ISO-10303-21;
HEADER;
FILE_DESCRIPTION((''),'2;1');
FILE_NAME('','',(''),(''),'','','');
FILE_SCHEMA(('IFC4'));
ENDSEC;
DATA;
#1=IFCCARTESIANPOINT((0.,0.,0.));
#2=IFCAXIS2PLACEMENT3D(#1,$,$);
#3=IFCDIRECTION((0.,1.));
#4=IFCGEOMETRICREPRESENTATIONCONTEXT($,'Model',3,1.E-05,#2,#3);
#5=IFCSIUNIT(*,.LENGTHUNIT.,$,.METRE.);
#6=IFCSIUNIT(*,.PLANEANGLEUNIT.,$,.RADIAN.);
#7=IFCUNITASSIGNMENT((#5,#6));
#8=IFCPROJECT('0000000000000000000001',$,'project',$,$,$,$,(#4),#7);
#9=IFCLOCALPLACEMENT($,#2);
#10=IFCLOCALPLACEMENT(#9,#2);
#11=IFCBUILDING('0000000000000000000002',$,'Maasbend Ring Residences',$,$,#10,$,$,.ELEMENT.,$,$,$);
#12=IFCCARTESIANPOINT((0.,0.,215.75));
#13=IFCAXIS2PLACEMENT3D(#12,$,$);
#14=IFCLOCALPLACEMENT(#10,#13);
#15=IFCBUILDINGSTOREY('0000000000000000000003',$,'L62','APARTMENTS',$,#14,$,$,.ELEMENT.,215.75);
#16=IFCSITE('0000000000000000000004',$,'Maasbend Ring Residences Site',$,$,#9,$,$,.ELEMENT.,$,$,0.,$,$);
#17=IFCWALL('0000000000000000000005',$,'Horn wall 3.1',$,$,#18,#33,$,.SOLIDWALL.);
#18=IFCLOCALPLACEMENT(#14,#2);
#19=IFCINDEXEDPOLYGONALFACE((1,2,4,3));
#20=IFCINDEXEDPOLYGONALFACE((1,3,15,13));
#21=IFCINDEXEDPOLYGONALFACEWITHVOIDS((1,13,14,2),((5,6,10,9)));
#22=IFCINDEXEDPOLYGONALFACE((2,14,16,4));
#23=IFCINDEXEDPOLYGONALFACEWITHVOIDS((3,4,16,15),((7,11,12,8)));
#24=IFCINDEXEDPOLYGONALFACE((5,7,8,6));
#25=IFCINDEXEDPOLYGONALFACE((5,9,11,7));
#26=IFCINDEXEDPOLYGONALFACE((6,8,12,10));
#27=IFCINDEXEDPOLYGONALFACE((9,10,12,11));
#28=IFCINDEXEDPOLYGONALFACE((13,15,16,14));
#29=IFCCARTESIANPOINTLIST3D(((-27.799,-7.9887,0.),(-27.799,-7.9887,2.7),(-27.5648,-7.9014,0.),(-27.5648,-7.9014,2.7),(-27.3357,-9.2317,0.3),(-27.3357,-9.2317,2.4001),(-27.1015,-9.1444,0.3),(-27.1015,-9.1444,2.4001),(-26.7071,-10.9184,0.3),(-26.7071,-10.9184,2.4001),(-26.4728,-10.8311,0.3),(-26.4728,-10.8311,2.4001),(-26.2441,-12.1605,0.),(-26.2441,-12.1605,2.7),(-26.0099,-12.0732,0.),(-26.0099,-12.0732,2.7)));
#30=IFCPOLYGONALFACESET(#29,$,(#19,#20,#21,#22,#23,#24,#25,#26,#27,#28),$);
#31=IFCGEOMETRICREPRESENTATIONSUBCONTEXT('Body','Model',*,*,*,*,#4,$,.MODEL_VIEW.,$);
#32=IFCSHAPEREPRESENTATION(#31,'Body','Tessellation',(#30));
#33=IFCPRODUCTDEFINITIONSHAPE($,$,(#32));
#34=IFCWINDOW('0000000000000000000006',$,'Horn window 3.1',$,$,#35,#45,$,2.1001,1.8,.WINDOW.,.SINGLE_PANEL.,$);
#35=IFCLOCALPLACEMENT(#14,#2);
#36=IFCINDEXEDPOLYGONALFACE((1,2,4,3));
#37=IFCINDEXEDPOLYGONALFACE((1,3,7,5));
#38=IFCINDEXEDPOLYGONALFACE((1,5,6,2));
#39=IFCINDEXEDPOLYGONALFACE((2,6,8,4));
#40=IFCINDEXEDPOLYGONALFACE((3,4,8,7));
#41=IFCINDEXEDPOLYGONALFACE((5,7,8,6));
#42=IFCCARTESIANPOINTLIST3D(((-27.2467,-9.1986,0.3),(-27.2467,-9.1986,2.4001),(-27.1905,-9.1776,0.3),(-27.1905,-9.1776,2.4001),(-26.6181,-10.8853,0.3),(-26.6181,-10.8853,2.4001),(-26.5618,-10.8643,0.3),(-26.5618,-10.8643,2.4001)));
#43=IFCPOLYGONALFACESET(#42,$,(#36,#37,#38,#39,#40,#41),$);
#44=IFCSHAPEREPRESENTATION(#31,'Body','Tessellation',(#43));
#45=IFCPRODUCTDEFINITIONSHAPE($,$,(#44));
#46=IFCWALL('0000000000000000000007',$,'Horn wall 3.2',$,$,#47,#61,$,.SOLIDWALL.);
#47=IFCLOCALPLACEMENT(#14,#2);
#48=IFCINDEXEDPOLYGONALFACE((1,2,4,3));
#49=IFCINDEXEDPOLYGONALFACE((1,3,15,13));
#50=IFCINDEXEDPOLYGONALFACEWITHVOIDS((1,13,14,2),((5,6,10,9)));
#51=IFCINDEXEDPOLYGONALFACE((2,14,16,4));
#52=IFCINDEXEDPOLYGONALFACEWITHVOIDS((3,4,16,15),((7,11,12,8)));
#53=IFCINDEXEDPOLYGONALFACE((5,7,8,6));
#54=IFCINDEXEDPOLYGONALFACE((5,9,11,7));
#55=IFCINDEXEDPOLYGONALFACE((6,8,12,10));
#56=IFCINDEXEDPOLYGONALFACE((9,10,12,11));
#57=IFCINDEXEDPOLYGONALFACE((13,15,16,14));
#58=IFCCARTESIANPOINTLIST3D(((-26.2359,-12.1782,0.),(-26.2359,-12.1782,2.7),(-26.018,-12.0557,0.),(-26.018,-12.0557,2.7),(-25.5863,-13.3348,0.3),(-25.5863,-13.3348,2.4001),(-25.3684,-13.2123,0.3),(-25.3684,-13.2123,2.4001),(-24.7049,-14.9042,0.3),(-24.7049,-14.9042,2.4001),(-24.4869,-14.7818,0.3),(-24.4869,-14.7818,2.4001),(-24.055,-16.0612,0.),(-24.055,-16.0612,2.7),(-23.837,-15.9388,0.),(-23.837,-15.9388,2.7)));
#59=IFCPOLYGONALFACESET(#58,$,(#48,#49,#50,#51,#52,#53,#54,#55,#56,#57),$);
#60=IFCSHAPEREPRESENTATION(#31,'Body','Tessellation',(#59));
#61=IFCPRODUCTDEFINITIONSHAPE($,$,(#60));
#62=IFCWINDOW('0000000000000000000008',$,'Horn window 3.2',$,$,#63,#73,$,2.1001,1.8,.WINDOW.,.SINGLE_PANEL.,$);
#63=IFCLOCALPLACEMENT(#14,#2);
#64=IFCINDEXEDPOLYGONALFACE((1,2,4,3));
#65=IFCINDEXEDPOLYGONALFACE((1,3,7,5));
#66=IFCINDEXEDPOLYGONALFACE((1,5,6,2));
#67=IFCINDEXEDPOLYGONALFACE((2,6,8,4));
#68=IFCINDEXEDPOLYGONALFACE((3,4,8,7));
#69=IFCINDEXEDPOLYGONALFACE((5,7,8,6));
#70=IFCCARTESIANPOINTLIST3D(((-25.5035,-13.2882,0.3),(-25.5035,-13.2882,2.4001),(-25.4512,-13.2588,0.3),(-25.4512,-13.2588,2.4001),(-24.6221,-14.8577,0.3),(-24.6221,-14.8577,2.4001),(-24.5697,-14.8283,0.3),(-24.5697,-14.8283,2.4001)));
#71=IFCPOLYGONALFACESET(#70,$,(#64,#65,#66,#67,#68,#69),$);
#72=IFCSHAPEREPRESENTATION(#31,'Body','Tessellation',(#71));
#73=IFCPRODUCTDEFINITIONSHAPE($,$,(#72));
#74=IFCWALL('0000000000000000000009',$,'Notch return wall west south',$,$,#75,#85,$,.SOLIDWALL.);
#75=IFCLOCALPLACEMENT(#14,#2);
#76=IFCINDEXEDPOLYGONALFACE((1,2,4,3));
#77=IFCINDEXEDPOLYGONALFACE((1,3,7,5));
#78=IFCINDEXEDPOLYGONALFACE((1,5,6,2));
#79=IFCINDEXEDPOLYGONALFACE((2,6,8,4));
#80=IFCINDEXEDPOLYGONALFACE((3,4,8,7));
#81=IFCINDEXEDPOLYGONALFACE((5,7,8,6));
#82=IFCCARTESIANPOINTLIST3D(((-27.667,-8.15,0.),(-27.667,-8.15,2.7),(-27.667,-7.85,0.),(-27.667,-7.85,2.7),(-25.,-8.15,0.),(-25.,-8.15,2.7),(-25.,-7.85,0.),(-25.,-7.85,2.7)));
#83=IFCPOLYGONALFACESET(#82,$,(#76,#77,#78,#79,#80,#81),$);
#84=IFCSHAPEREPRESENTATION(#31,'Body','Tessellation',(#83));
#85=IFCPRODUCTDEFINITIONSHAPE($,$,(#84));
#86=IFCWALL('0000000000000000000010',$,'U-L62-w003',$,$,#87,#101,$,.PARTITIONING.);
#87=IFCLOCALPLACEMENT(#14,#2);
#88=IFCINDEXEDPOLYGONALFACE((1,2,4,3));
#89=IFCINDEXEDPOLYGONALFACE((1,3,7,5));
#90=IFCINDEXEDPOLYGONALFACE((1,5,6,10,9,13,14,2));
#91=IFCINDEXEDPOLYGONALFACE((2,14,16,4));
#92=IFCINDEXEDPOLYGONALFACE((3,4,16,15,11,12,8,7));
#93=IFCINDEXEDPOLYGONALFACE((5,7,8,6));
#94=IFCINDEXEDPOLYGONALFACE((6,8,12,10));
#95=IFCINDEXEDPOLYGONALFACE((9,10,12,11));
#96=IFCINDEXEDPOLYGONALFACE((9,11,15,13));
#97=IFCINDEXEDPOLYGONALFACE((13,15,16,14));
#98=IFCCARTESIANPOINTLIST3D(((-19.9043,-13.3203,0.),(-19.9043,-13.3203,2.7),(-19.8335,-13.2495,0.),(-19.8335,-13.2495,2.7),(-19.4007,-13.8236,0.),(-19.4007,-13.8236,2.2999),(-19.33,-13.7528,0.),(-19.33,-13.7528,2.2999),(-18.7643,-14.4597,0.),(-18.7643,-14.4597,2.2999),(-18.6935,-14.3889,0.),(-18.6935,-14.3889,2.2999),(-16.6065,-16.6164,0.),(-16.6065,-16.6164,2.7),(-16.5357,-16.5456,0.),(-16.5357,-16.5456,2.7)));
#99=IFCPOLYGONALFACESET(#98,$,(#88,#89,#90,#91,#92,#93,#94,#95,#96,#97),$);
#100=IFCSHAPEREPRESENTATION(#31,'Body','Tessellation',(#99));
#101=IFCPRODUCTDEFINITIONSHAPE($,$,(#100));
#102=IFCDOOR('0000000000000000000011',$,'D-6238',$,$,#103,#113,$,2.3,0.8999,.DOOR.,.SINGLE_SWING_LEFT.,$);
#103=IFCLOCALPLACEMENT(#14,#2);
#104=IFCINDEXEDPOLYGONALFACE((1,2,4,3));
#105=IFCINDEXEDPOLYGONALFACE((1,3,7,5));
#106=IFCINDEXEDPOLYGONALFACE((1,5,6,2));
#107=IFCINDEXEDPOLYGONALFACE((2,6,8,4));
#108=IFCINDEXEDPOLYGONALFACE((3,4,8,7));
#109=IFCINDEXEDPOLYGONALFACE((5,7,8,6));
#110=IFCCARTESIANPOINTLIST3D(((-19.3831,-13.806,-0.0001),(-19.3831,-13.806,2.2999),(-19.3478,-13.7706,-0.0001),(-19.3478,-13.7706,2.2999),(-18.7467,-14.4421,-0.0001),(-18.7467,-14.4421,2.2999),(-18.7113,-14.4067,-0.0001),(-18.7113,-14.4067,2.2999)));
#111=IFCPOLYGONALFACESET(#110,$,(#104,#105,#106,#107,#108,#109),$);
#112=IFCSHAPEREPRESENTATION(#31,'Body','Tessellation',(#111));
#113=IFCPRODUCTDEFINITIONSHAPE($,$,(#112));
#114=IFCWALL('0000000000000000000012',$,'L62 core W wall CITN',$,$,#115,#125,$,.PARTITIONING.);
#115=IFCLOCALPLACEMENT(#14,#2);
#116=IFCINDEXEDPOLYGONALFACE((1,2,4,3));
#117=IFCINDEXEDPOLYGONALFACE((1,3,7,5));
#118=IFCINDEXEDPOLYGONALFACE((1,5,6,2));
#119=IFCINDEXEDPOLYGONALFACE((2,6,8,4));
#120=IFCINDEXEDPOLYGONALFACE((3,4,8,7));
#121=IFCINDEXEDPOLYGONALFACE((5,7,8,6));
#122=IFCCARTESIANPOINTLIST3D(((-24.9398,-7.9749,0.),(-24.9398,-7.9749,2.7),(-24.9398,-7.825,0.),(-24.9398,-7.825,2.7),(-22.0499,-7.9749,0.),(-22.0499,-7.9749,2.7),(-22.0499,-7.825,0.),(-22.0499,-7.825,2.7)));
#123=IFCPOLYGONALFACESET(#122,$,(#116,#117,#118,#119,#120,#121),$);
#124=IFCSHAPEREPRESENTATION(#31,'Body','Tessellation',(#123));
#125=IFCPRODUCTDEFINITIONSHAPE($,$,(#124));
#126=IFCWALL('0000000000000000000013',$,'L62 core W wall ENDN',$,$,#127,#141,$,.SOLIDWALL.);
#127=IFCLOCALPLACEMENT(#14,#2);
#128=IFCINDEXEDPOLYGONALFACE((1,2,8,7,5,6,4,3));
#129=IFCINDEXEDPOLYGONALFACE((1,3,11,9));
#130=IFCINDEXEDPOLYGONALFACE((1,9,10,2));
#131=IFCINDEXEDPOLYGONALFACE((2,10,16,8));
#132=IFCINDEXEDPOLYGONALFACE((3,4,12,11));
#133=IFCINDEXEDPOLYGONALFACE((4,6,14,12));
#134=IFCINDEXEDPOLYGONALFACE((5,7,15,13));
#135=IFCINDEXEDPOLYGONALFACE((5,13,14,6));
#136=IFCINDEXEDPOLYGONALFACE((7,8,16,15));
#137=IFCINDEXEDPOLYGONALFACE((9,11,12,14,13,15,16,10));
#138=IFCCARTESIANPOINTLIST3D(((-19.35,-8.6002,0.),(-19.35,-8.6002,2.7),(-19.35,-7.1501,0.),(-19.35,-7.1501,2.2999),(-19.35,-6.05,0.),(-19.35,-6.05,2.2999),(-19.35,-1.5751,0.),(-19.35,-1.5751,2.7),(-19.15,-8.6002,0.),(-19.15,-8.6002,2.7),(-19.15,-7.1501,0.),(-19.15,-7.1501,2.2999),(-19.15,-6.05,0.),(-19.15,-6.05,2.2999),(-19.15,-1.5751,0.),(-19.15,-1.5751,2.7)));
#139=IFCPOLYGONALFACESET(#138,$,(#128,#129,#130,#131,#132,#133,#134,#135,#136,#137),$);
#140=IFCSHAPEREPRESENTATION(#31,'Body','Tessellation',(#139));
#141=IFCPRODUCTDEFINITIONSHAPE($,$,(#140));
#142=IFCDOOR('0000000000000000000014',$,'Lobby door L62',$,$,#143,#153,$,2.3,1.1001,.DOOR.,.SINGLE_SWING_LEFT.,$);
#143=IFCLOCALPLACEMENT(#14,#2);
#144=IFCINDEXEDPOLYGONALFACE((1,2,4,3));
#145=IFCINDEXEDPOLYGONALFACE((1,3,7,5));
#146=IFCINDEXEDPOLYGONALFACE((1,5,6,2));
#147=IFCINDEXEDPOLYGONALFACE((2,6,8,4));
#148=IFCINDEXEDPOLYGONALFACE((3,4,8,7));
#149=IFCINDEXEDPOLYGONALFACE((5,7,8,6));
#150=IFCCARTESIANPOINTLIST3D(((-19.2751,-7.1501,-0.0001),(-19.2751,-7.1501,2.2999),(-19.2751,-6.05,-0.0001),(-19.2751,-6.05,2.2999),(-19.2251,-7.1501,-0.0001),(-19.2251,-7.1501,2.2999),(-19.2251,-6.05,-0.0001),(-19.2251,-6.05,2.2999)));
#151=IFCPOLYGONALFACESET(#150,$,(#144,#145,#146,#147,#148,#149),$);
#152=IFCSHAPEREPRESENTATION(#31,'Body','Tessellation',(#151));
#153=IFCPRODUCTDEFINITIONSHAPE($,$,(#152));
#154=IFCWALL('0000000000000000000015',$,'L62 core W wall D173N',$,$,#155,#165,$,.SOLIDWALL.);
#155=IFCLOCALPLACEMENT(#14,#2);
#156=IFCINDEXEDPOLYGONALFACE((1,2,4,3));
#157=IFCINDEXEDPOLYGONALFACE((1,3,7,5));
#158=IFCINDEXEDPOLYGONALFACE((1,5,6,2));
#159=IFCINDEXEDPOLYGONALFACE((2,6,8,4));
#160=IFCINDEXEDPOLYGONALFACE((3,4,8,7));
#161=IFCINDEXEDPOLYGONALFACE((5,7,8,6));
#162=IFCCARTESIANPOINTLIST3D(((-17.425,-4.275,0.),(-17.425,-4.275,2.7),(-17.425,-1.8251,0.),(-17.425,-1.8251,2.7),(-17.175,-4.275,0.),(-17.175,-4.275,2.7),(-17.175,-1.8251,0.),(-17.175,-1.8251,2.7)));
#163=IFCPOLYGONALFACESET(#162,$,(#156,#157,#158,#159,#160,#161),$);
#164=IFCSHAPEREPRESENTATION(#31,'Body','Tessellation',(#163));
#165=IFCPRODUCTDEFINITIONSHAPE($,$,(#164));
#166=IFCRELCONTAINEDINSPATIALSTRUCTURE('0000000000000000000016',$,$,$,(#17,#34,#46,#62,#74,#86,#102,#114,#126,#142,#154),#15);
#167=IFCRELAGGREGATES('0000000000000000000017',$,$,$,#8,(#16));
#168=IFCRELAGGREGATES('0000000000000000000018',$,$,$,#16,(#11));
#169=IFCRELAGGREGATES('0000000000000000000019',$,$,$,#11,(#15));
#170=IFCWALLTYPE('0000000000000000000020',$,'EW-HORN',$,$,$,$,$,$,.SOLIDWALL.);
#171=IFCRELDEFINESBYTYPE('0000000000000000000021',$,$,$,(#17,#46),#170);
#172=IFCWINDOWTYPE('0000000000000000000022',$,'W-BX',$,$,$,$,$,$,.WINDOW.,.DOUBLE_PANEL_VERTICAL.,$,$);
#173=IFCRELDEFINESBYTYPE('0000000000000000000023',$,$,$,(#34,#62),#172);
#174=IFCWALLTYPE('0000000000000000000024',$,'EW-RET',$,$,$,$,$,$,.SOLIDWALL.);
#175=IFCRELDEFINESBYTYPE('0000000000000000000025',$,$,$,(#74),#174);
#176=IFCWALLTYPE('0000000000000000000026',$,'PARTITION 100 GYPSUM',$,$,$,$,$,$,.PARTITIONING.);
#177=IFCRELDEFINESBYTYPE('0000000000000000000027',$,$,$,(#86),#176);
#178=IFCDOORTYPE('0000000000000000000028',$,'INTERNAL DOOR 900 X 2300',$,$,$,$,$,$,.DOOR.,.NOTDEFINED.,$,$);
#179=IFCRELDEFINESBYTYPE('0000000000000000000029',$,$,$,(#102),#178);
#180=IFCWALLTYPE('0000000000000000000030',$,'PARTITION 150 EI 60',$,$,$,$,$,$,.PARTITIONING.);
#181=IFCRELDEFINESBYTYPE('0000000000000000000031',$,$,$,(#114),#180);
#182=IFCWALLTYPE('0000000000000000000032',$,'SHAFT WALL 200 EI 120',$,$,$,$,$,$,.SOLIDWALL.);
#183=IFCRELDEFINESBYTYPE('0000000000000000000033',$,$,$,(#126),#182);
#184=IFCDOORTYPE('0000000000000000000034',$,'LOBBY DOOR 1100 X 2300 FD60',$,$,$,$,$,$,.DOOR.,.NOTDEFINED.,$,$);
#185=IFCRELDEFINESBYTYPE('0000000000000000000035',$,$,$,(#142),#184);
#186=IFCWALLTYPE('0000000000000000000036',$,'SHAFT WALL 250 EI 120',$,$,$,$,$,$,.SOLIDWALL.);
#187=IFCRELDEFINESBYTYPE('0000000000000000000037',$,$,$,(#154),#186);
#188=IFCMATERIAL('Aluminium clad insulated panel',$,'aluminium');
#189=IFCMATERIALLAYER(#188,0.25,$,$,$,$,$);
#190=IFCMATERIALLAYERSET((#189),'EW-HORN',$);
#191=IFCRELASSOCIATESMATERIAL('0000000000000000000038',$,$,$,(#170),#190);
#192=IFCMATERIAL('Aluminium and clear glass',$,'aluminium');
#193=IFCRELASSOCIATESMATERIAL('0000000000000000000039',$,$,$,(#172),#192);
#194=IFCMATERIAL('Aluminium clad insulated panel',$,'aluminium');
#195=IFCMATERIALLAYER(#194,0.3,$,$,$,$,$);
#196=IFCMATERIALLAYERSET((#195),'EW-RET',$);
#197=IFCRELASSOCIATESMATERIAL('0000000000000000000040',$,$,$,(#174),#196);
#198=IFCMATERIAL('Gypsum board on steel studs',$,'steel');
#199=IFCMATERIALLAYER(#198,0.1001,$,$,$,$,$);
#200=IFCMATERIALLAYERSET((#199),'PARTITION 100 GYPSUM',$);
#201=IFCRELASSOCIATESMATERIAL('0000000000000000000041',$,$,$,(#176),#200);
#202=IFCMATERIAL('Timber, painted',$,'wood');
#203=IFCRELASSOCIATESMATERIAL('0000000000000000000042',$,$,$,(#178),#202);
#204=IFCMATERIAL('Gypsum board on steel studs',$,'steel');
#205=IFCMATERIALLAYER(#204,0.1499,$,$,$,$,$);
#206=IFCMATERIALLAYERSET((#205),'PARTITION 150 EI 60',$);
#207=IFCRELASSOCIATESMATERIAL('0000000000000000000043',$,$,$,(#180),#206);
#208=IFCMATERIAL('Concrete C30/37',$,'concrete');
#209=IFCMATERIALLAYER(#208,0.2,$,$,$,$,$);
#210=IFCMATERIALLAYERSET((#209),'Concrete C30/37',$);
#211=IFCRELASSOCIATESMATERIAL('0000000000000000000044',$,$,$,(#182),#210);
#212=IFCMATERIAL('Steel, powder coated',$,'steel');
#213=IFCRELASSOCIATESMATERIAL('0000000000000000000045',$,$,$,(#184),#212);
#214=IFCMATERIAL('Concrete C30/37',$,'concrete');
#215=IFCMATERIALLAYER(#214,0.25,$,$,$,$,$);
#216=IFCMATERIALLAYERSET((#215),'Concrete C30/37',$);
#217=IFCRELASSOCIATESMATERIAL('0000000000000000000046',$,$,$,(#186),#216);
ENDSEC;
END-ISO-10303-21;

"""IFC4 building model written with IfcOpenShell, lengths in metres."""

from ifc_helpers import new_model, si_unit, direction, frame, frame_2d, origin, place, context, subcontext, project, spatial, rectangle, extrude, material, layer, layer_set, type_object, element, fill, save


model = new_model("IFC4")

# Units and contexts
model_context = context("Model", 3, precision=1e-05, world=origin(), true_north=direction((0.0, 1.0)))
body_context = subcontext(model_context, "Body", "Model", "MODEL_VIEW")
ifc_project = project(units=[si_unit("LENGTHUNIT", "METRE"), si_unit("PLANEANGLEUNIT", "RADIAN")], contexts=[model_context])

# Site, building, storey
site_placement = place(None, origin())
site = spatial("IfcSite", under=ifc_project, at=site_placement, Name="Maasbend Ring Residences Site", CompositionType="ELEMENT", RefElevation=0.0)
building_placement = place(site_placement, origin())
building = spatial("IfcBuilding", under=site, at=building_placement, Name="Maasbend Ring Residences", CompositionType="ELEMENT")
storey_placement = place(building_placement, frame((0.0, 0.0, 215.75)))
storey = spatial("IfcBuildingStorey", under=building, at=storey_placement, Name="L62", Description="APARTMENTS", CompositionType="ELEMENT", Elevation=215.75)

# Walls, openings, windows
ifc_material_1 = material(Name="Aluminium clad insulated panel", Category="aluminium")
ifc_layer_1 = layer(ifc_material_1, 0.25)
ifc_layer_set_1 = layer_set([ifc_layer_1], Name="EW-HORN")
wall_type_1 = type_object("IfcWallType", Name="EW-HORN", PredefinedType="SOLIDWALL", material=ifc_layer_set_1)
wall_1_placement = place(storey_placement, frame((-27.6819, -7.9451, 0.0), z_axis=(0.0, 0.0, 1.0), x_axis=(0.349248, -0.93703, 0.0)))
wall_1 = element("IfcWall", 1, at=wall_1_placement, inside=storey, type_object=wall_type_1, Name="Horn wall 3.1", PredefinedType="SOLIDWALL", context=body_context, shape_type="SweptSolid", body=[
    extrude(rectangle(XDim=4.4521, YDim=0.25, at=frame_2d((2.2261, 0.0))), origin(), (0.0, 0.0, 1.0), 2.7),
])
opening_1_placement = place(wall_1_placement, frame((1.3267, 0.0, 0.3)))
opening_1 = element("IfcOpeningElement", 2, at=opening_1_placement, cuts=wall_1, PredefinedType="OPENING", context=body_context, shape_type="SweptSolid", body=[
    extrude(rectangle(XDim=1.8, YDim=2.1001, at=frame_2d((0.8999, 1.05))), frame((0.0, 0.135, 0.0), z_axis=(0.0, -1.0, 0.0), x_axis=(1.0, 0.0, 0.0)), (0.0, 0.0, 1.0), 0.27),
])
ifc_material_2 = material(Name="Aluminium and clear glass", Category="aluminium")
window_type = type_object("IfcWindowType", Name="W-BX", PartitioningType="DOUBLE_PANEL_VERTICAL", PredefinedType="WINDOW", material=ifc_material_2)
window_1_placement = place(opening_1_placement, origin())
window_1 = element("IfcWindow", 3, at=window_1_placement, inside=storey, type_object=window_type, Name="Horn window 3.1", OverallHeight=2.1001, OverallWidth=1.8, PartitioningType="SINGLE_PANEL", PredefinedType="WINDOW", context=body_context, shape_type="SweptSolid", body=[
    extrude(rectangle(XDim=1.8, YDim=2.1001, at=frame_2d((0.8999, 1.05))), frame((0.0, 0.03, 0.0), z_axis=(0.0, -1.0, 0.0), x_axis=(1.0, 0.0, 0.0)), (0.0, 0.0, 1.0), 0.0601),
])
fill(opening_1, window_1)
wall_2_placement = place(storey_placement, frame((-26.127, -12.1169, 0.0), z_axis=(0.0, 0.0, 1.0), x_axis=(0.489696, -0.871893, 0.0)))
wall_2 = element("IfcWall", 4, at=wall_2_placement, inside=storey, type_object=wall_type_1, Name="Horn wall 3.2", PredefinedType="SOLIDWALL", context=body_context, shape_type="SweptSolid", body=[
    extrude(rectangle(XDim=4.4536, YDim=0.25, at=frame_2d((2.2268, 0.0))), origin(), (0.0, 0.0, 1.0), 2.7),
])
opening_2_placement = place(wall_2_placement, frame((1.3267, 0.0, 0.3)))
opening_2 = element("IfcOpeningElement", 5, at=opening_2_placement, cuts=wall_2, PredefinedType="OPENING", context=body_context, shape_type="SweptSolid", body=[
    extrude(rectangle(XDim=1.8, YDim=2.1001, at=frame_2d((0.8999, 1.05))), frame((0.0, 0.135, 0.0), z_axis=(0.0, -1.0, 0.0), x_axis=(1.0, 0.0, 0.0)), (0.0, 0.0, 1.0), 0.27),
])
window_2_placement = place(opening_2_placement, origin())
window_2 = element("IfcWindow", 6, at=window_2_placement, inside=storey, type_object=window_type, Name="Horn window 3.2", OverallHeight=2.1001, OverallWidth=1.8, PartitioningType="SINGLE_PANEL", PredefinedType="WINDOW", context=body_context, shape_type="SweptSolid", body=[
    extrude(rectangle(XDim=1.8, YDim=2.1001, at=frame_2d((0.8999, 1.05))), frame((0.0, 0.03, 0.0), z_axis=(0.0, -1.0, 0.0), x_axis=(1.0, 0.0, 0.0)), (0.0, 0.0, 1.0), 0.0601),
])
fill(opening_2, window_2)

# Wall
ifc_material_3 = material(Name="Aluminium clad insulated panel", Category="aluminium")
ifc_layer_2 = layer(ifc_material_3, 0.3)
ifc_layer_set_2 = layer_set([ifc_layer_2], Name="EW-RET")
wall_type_2 = type_object("IfcWallType", Name="EW-RET", PredefinedType="SOLIDWALL", material=ifc_layer_set_2)
wall_3_placement = place(storey_placement, frame((-25.0, -8.0, 0.0), z_axis=(0.0, 0.0, 1.0), x_axis=(-1.0, 0.0, 0.0)))
element("IfcWall", 7, at=wall_3_placement, inside=storey, type_object=wall_type_2, Name="Notch return wall west south", PredefinedType="SOLIDWALL", context=body_context, shape_type="SweptSolid", body=[
    extrude(rectangle(XDim=2.667, YDim=0.3, at=frame_2d((1.3335, 0.0))), origin(), (0.0, 0.0, 1.0), 2.7),
])

# Wall, opening, door
ifc_material_4 = material(Name="Gypsum board on steel studs", Category="steel")
ifc_layer_3 = layer(ifc_material_4, 0.1001)
ifc_layer_set_3 = layer_set([ifc_layer_3], Name="PARTITION 100 GYPSUM")
wall_type_3 = type_object("IfcWallType", Name="PARTITION 100 GYPSUM", PredefinedType="PARTITIONING", material=ifc_layer_set_3)
wall_4_placement = place(storey_placement, frame((-19.8689, -13.2849, 0.0), z_axis=(0.0, 0.0, 1.0), x_axis=(0.70729, -0.706923, 0.0)))
wall_4 = element("IfcWall", 8, at=wall_4_placement, inside=storey, type_object=wall_type_3, Name="U-L62-w003", PredefinedType="PARTITIONING", context=body_context, shape_type="SweptSolid", body=[
    extrude(rectangle(XDim=4.6626, YDim=0.1001, at=frame_2d((2.3313, 0.0))), origin(), (0.0, 0.0, 1.0), 2.7),
])
opening_3_placement = place(wall_4_placement, frame((0.7119, 0.0, 0.0)))
opening_3 = element("IfcOpeningElement", 9, at=opening_3_placement, cuts=wall_4, PredefinedType="OPENING", context=body_context, shape_type="SweptSolid", body=[
    extrude(rectangle(XDim=0.8999, YDim=2.3, at=frame_2d((0.45, 1.1499))), frame((0.0, 0.0601, 0.0), z_axis=(0.0, -1.0, 0.0), x_axis=(1.0, 0.0, 0.0)), (0.0, 0.0, 1.0), 0.1201),
])
ifc_material_5 = material(Name="Timber, painted", Category="wood")
door_type_1 = type_object("IfcDoorType", Name="INTERNAL DOOR 900 X 2300", OperationType="NOTDEFINED", PredefinedType="DOOR", material=ifc_material_5)
door_1_placement = place(opening_3_placement, origin())
door_1 = element("IfcDoor", 10, at=door_1_placement, inside=storey, type_object=door_type_1, Name="D-6238", OperationType="SINGLE_SWING_LEFT", OverallHeight=2.3, OverallWidth=0.8999, PredefinedType="DOOR", context=body_context, shape_type="SweptSolid", body=[
    extrude(rectangle(XDim=0.8999, YDim=2.3, at=frame_2d((0.45, 1.1499))), frame((0.0, 0.0249, 0.0), z_axis=(0.0, -1.0, 0.0), x_axis=(1.0, 0.0, 0.0)), (0.0, 0.0, 1.0), 0.05),
])
fill(opening_3, door_1)

# Wall
ifc_material_6 = material(Name="Gypsum board on steel studs", Category="steel")
ifc_layer_4 = layer(ifc_material_6, 0.1499)
ifc_layer_set_4 = layer_set([ifc_layer_4], Name="PARTITION 150 EI 60")
wall_type_4 = type_object("IfcWallType", Name="PARTITION 150 EI 60", PredefinedType="PARTITIONING", material=ifc_layer_set_4)
wall_5_placement = place(storey_placement, frame((-22.05, -7.8999, 0.0), z_axis=(0.0, 0.0, 1.0), x_axis=(-1.0, 0.0, 0.0)))
element("IfcWall", 11, at=wall_5_placement, inside=storey, type_object=wall_type_4, Name="L62 core W wall CITN", PredefinedType="PARTITIONING", context=body_context, shape_type="SweptSolid", body=[
    extrude(rectangle(XDim=2.8899, YDim=0.1499, at=frame_2d((1.4448, 0.0))), origin(), (0.0, 0.0, 1.0), 2.7),
])

# Wall, opening, door
ifc_material_7 = material(Name="Concrete C30/37", Category="concrete")
ifc_layer_5 = layer(ifc_material_7, 0.2)
ifc_layer_set_5 = layer_set([ifc_layer_5], Name="Concrete C30/37")
wall_type_5 = type_object("IfcWallType", Name="SHAFT WALL 200 EI 120", PredefinedType="SOLIDWALL", material=ifc_layer_set_5)
wall_6_placement = place(storey_placement, frame((-19.25, -1.575, 0.0), z_axis=(0.0, 0.0, 1.0), x_axis=(0.0, -1.0, 0.0)))
wall_6 = element("IfcWall", 12, at=wall_6_placement, inside=storey, type_object=wall_type_5, Name="L62 core W wall ENDN", PredefinedType="SOLIDWALL", context=body_context, shape_type="SweptSolid", body=[
    extrude(rectangle(XDim=7.0251, YDim=0.2, at=frame_2d((3.5127, 0.0))), origin(), (0.0, 0.0, 1.0), 2.7),
])
opening_4_placement = place(wall_6_placement, frame((4.4751, 0.0, 0.0)))
opening_4 = element("IfcOpeningElement", 13, at=opening_4_placement, cuts=wall_6, PredefinedType="OPENING", context=body_context, shape_type="SweptSolid", body=[
    extrude(rectangle(XDim=1.1001, YDim=2.3, at=frame_2d((0.55, 1.1499))), frame((0.0, 0.1099, 0.0), z_axis=(0.0, -1.0, 0.0), x_axis=(1.0, 0.0, 0.0)), (0.0, 0.0, 1.0), 0.22),
])
ifc_material_8 = material(Name="Steel, powder coated", Category="steel")
door_type_2 = type_object("IfcDoorType", Name="LOBBY DOOR 1100 X 2300 FD60", OperationType="NOTDEFINED", PredefinedType="DOOR", material=ifc_material_8)
door_2_placement = place(opening_4_placement, origin())
door_2 = element("IfcDoor", 14, at=door_2_placement, inside=storey, type_object=door_type_2, Name="Lobby door L62", OperationType="SINGLE_SWING_LEFT", OverallHeight=2.3, OverallWidth=1.1001, PredefinedType="DOOR", context=body_context, shape_type="SweptSolid", body=[
    extrude(rectangle(XDim=1.1001, YDim=2.3, at=frame_2d((0.55, 1.1499))), frame((0.0, 0.0249, 0.0), z_axis=(0.0, -1.0, 0.0), x_axis=(1.0, 0.0, 0.0)), (0.0, 0.0, 1.0), 0.05),
])
fill(opening_4, door_2)

# Wall
ifc_material_9 = material(Name="Concrete C30/37", Category="concrete")
ifc_layer_6 = layer(ifc_material_9, 0.25)
ifc_layer_set_6 = layer_set([ifc_layer_6], Name="Concrete C30/37")
wall_type_6 = type_object("IfcWallType", Name="SHAFT WALL 250 EI 120", PredefinedType="SOLIDWALL", material=ifc_layer_set_6)
wall_7_placement = place(storey_placement, frame((-17.3, -1.825, 0.0), z_axis=(0.0, 0.0, 1.0), x_axis=(0.0, -1.0, 0.0)))
element("IfcWall", 15, at=wall_7_placement, inside=storey, type_object=wall_type_6, Name="L62 core W wall D173N", PredefinedType="SOLIDWALL", context=body_context, shape_type="SweptSolid", body=[
    extrude(rectangle(XDim=2.45, YDim=0.25, at=frame_2d((1.2251, 0.0))), origin(), (0.0, 0.0, 1.0), 2.7),
])

save(model, "model.ifc")
